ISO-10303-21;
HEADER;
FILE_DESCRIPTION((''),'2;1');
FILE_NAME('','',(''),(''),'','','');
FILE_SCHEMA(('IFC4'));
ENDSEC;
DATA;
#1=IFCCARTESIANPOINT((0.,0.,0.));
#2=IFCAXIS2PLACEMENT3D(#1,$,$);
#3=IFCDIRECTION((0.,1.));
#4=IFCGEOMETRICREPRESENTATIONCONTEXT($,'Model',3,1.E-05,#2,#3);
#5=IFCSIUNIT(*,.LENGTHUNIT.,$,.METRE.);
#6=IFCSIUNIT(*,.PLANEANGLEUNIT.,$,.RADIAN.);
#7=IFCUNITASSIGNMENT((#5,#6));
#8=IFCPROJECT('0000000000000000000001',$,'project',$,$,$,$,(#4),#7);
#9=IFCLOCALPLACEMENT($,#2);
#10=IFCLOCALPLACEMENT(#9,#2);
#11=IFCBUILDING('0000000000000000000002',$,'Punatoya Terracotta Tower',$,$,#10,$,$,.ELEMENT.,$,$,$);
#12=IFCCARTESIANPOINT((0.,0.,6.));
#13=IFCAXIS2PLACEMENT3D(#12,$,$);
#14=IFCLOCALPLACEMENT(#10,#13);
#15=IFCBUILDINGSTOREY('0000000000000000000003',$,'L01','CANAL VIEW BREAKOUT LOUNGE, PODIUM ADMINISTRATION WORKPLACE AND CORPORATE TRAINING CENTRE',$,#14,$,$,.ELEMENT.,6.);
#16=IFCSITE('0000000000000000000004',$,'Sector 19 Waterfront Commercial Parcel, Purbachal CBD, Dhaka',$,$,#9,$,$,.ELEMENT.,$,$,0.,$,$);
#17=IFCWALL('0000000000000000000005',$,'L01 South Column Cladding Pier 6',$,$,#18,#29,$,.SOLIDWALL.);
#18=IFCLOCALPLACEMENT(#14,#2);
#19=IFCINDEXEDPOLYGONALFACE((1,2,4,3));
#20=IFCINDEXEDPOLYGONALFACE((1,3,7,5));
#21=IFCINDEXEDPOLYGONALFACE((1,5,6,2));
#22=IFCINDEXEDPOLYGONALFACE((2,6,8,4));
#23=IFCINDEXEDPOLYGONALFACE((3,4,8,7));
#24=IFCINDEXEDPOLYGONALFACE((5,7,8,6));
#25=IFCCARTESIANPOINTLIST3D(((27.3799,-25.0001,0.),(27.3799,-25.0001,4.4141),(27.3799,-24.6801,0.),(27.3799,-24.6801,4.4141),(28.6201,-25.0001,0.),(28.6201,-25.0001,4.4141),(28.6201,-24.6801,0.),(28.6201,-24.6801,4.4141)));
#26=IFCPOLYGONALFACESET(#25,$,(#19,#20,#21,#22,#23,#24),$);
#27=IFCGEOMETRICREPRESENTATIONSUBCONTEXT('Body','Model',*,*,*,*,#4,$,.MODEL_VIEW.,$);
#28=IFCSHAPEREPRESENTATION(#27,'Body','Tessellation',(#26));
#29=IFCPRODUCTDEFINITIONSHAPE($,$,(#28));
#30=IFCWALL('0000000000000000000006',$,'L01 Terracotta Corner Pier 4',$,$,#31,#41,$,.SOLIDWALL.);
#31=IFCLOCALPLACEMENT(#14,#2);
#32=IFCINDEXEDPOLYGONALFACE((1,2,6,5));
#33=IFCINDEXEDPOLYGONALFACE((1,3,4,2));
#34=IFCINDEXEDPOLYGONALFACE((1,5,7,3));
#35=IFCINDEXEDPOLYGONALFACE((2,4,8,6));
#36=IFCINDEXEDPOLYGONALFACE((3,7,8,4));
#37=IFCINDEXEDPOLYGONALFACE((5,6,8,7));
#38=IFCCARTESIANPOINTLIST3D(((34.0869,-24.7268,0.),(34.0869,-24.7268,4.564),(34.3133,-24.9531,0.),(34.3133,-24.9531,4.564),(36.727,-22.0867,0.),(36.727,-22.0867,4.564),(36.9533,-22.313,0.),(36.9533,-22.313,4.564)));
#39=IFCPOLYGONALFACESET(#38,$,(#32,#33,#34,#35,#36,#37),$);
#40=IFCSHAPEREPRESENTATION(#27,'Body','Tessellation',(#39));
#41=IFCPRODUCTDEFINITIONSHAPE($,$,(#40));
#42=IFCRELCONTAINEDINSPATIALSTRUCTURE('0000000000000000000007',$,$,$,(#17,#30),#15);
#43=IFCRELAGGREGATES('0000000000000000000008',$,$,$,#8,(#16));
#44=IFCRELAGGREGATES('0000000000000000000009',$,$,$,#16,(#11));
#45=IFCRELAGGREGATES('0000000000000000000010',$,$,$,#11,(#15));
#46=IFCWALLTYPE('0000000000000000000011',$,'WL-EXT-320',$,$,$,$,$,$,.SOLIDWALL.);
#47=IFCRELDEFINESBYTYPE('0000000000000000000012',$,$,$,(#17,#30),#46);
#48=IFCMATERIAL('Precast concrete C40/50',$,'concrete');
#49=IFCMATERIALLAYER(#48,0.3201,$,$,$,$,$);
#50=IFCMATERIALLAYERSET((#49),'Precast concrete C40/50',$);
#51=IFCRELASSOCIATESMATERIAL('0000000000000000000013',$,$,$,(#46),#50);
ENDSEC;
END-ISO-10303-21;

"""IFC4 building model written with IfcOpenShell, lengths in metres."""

from ifc_helpers import new_model, si_unit, direction, frame, frame_2d, origin, place, context, subcontext, project, spatial, rectangle, extrude, material, layer, layer_set, type_object, element, save


model = new_model("IFC4")

# Units and contexts
model_context = context("Model", 3, precision=1e-05, world=origin(), true_north=direction((0.0, 1.0)))
body_context = subcontext(model_context, "Body", "Model", "MODEL_VIEW")
ifc_project = project(units=[si_unit("LENGTHUNIT", "METRE"), si_unit("PLANEANGLEUNIT", "RADIAN")], contexts=[model_context])

# Site, building, storey
site_placement = place(None, origin())
site = spatial("IfcSite", under=ifc_project, at=site_placement, Name="Sector 19 Waterfront Commercial Parcel, Purbachal CBD, Dhaka", CompositionType="ELEMENT", RefElevation=0.0)
building_placement = place(site_placement, origin())
building = spatial("IfcBuilding", under=site, at=building_placement, Name="Punatoya Terracotta Tower", CompositionType="ELEMENT")
storey_placement = place(building_placement, frame((0.0, 0.0, 6.0)))
storey = spatial("IfcBuildingStorey", under=building, at=storey_placement, Name="L01", Description="CANAL VIEW BREAKOUT LOUNGE, PODIUM ADMINISTRATION WORKPLACE AND CORPORATE TRAINING CENTRE", CompositionType="ELEMENT", Elevation=6.0)

# Walls
ifc_material_1 = material(Name="Precast concrete C40/50", Category="concrete")
ifc_layer_1 = layer(ifc_material_1, 0.3201)
ifc_layer_set_1 = layer_set([ifc_layer_1], Name="Precast concrete C40/50")
wall_type = type_object("IfcWallType", Name="WL-EXT-320", PredefinedType="SOLIDWALL", material=ifc_layer_set_1)
wall_1_placement = place(storey_placement, frame((27.3799, -24.8401, 0.0), z_axis=(0.0, 0.0, 1.0), x_axis=(1.0, 0.0, 0.0)))
element("IfcWall", 1, at=wall_1_placement, inside=storey, type_object=wall_type, Name="L01 South Column Cladding Pier 6", PredefinedType="SOLIDWALL", context=body_context, shape_type="SweptSolid", body=[
    extrude(rectangle(XDim=1.2402, YDim=0.3201, at=frame_2d((0.6201, 0.0))), origin(), (0.0, 0.0, 1.0), 4.4141),
])
wall_2_placement = place(storey_placement, frame((36.8401, -22.2, 0.0), z_axis=(0.0, 0.0, 1.0), x_axis=(-0.707107, -0.707107, 0.0)))
element("IfcWall", 2, at=wall_2_placement, inside=storey, type_object=wall_type, Name="L01 Terracotta Corner Pier 4", PredefinedType="SOLIDWALL", context=body_context, shape_type="SweptSolid", body=[
    extrude(rectangle(XDim=3.7336, YDim=0.3201, at=frame_2d((1.8667, 0.0))), origin(), (0.0, 0.0, 1.0), 4.564),
])

save(model, "model.ifc")
